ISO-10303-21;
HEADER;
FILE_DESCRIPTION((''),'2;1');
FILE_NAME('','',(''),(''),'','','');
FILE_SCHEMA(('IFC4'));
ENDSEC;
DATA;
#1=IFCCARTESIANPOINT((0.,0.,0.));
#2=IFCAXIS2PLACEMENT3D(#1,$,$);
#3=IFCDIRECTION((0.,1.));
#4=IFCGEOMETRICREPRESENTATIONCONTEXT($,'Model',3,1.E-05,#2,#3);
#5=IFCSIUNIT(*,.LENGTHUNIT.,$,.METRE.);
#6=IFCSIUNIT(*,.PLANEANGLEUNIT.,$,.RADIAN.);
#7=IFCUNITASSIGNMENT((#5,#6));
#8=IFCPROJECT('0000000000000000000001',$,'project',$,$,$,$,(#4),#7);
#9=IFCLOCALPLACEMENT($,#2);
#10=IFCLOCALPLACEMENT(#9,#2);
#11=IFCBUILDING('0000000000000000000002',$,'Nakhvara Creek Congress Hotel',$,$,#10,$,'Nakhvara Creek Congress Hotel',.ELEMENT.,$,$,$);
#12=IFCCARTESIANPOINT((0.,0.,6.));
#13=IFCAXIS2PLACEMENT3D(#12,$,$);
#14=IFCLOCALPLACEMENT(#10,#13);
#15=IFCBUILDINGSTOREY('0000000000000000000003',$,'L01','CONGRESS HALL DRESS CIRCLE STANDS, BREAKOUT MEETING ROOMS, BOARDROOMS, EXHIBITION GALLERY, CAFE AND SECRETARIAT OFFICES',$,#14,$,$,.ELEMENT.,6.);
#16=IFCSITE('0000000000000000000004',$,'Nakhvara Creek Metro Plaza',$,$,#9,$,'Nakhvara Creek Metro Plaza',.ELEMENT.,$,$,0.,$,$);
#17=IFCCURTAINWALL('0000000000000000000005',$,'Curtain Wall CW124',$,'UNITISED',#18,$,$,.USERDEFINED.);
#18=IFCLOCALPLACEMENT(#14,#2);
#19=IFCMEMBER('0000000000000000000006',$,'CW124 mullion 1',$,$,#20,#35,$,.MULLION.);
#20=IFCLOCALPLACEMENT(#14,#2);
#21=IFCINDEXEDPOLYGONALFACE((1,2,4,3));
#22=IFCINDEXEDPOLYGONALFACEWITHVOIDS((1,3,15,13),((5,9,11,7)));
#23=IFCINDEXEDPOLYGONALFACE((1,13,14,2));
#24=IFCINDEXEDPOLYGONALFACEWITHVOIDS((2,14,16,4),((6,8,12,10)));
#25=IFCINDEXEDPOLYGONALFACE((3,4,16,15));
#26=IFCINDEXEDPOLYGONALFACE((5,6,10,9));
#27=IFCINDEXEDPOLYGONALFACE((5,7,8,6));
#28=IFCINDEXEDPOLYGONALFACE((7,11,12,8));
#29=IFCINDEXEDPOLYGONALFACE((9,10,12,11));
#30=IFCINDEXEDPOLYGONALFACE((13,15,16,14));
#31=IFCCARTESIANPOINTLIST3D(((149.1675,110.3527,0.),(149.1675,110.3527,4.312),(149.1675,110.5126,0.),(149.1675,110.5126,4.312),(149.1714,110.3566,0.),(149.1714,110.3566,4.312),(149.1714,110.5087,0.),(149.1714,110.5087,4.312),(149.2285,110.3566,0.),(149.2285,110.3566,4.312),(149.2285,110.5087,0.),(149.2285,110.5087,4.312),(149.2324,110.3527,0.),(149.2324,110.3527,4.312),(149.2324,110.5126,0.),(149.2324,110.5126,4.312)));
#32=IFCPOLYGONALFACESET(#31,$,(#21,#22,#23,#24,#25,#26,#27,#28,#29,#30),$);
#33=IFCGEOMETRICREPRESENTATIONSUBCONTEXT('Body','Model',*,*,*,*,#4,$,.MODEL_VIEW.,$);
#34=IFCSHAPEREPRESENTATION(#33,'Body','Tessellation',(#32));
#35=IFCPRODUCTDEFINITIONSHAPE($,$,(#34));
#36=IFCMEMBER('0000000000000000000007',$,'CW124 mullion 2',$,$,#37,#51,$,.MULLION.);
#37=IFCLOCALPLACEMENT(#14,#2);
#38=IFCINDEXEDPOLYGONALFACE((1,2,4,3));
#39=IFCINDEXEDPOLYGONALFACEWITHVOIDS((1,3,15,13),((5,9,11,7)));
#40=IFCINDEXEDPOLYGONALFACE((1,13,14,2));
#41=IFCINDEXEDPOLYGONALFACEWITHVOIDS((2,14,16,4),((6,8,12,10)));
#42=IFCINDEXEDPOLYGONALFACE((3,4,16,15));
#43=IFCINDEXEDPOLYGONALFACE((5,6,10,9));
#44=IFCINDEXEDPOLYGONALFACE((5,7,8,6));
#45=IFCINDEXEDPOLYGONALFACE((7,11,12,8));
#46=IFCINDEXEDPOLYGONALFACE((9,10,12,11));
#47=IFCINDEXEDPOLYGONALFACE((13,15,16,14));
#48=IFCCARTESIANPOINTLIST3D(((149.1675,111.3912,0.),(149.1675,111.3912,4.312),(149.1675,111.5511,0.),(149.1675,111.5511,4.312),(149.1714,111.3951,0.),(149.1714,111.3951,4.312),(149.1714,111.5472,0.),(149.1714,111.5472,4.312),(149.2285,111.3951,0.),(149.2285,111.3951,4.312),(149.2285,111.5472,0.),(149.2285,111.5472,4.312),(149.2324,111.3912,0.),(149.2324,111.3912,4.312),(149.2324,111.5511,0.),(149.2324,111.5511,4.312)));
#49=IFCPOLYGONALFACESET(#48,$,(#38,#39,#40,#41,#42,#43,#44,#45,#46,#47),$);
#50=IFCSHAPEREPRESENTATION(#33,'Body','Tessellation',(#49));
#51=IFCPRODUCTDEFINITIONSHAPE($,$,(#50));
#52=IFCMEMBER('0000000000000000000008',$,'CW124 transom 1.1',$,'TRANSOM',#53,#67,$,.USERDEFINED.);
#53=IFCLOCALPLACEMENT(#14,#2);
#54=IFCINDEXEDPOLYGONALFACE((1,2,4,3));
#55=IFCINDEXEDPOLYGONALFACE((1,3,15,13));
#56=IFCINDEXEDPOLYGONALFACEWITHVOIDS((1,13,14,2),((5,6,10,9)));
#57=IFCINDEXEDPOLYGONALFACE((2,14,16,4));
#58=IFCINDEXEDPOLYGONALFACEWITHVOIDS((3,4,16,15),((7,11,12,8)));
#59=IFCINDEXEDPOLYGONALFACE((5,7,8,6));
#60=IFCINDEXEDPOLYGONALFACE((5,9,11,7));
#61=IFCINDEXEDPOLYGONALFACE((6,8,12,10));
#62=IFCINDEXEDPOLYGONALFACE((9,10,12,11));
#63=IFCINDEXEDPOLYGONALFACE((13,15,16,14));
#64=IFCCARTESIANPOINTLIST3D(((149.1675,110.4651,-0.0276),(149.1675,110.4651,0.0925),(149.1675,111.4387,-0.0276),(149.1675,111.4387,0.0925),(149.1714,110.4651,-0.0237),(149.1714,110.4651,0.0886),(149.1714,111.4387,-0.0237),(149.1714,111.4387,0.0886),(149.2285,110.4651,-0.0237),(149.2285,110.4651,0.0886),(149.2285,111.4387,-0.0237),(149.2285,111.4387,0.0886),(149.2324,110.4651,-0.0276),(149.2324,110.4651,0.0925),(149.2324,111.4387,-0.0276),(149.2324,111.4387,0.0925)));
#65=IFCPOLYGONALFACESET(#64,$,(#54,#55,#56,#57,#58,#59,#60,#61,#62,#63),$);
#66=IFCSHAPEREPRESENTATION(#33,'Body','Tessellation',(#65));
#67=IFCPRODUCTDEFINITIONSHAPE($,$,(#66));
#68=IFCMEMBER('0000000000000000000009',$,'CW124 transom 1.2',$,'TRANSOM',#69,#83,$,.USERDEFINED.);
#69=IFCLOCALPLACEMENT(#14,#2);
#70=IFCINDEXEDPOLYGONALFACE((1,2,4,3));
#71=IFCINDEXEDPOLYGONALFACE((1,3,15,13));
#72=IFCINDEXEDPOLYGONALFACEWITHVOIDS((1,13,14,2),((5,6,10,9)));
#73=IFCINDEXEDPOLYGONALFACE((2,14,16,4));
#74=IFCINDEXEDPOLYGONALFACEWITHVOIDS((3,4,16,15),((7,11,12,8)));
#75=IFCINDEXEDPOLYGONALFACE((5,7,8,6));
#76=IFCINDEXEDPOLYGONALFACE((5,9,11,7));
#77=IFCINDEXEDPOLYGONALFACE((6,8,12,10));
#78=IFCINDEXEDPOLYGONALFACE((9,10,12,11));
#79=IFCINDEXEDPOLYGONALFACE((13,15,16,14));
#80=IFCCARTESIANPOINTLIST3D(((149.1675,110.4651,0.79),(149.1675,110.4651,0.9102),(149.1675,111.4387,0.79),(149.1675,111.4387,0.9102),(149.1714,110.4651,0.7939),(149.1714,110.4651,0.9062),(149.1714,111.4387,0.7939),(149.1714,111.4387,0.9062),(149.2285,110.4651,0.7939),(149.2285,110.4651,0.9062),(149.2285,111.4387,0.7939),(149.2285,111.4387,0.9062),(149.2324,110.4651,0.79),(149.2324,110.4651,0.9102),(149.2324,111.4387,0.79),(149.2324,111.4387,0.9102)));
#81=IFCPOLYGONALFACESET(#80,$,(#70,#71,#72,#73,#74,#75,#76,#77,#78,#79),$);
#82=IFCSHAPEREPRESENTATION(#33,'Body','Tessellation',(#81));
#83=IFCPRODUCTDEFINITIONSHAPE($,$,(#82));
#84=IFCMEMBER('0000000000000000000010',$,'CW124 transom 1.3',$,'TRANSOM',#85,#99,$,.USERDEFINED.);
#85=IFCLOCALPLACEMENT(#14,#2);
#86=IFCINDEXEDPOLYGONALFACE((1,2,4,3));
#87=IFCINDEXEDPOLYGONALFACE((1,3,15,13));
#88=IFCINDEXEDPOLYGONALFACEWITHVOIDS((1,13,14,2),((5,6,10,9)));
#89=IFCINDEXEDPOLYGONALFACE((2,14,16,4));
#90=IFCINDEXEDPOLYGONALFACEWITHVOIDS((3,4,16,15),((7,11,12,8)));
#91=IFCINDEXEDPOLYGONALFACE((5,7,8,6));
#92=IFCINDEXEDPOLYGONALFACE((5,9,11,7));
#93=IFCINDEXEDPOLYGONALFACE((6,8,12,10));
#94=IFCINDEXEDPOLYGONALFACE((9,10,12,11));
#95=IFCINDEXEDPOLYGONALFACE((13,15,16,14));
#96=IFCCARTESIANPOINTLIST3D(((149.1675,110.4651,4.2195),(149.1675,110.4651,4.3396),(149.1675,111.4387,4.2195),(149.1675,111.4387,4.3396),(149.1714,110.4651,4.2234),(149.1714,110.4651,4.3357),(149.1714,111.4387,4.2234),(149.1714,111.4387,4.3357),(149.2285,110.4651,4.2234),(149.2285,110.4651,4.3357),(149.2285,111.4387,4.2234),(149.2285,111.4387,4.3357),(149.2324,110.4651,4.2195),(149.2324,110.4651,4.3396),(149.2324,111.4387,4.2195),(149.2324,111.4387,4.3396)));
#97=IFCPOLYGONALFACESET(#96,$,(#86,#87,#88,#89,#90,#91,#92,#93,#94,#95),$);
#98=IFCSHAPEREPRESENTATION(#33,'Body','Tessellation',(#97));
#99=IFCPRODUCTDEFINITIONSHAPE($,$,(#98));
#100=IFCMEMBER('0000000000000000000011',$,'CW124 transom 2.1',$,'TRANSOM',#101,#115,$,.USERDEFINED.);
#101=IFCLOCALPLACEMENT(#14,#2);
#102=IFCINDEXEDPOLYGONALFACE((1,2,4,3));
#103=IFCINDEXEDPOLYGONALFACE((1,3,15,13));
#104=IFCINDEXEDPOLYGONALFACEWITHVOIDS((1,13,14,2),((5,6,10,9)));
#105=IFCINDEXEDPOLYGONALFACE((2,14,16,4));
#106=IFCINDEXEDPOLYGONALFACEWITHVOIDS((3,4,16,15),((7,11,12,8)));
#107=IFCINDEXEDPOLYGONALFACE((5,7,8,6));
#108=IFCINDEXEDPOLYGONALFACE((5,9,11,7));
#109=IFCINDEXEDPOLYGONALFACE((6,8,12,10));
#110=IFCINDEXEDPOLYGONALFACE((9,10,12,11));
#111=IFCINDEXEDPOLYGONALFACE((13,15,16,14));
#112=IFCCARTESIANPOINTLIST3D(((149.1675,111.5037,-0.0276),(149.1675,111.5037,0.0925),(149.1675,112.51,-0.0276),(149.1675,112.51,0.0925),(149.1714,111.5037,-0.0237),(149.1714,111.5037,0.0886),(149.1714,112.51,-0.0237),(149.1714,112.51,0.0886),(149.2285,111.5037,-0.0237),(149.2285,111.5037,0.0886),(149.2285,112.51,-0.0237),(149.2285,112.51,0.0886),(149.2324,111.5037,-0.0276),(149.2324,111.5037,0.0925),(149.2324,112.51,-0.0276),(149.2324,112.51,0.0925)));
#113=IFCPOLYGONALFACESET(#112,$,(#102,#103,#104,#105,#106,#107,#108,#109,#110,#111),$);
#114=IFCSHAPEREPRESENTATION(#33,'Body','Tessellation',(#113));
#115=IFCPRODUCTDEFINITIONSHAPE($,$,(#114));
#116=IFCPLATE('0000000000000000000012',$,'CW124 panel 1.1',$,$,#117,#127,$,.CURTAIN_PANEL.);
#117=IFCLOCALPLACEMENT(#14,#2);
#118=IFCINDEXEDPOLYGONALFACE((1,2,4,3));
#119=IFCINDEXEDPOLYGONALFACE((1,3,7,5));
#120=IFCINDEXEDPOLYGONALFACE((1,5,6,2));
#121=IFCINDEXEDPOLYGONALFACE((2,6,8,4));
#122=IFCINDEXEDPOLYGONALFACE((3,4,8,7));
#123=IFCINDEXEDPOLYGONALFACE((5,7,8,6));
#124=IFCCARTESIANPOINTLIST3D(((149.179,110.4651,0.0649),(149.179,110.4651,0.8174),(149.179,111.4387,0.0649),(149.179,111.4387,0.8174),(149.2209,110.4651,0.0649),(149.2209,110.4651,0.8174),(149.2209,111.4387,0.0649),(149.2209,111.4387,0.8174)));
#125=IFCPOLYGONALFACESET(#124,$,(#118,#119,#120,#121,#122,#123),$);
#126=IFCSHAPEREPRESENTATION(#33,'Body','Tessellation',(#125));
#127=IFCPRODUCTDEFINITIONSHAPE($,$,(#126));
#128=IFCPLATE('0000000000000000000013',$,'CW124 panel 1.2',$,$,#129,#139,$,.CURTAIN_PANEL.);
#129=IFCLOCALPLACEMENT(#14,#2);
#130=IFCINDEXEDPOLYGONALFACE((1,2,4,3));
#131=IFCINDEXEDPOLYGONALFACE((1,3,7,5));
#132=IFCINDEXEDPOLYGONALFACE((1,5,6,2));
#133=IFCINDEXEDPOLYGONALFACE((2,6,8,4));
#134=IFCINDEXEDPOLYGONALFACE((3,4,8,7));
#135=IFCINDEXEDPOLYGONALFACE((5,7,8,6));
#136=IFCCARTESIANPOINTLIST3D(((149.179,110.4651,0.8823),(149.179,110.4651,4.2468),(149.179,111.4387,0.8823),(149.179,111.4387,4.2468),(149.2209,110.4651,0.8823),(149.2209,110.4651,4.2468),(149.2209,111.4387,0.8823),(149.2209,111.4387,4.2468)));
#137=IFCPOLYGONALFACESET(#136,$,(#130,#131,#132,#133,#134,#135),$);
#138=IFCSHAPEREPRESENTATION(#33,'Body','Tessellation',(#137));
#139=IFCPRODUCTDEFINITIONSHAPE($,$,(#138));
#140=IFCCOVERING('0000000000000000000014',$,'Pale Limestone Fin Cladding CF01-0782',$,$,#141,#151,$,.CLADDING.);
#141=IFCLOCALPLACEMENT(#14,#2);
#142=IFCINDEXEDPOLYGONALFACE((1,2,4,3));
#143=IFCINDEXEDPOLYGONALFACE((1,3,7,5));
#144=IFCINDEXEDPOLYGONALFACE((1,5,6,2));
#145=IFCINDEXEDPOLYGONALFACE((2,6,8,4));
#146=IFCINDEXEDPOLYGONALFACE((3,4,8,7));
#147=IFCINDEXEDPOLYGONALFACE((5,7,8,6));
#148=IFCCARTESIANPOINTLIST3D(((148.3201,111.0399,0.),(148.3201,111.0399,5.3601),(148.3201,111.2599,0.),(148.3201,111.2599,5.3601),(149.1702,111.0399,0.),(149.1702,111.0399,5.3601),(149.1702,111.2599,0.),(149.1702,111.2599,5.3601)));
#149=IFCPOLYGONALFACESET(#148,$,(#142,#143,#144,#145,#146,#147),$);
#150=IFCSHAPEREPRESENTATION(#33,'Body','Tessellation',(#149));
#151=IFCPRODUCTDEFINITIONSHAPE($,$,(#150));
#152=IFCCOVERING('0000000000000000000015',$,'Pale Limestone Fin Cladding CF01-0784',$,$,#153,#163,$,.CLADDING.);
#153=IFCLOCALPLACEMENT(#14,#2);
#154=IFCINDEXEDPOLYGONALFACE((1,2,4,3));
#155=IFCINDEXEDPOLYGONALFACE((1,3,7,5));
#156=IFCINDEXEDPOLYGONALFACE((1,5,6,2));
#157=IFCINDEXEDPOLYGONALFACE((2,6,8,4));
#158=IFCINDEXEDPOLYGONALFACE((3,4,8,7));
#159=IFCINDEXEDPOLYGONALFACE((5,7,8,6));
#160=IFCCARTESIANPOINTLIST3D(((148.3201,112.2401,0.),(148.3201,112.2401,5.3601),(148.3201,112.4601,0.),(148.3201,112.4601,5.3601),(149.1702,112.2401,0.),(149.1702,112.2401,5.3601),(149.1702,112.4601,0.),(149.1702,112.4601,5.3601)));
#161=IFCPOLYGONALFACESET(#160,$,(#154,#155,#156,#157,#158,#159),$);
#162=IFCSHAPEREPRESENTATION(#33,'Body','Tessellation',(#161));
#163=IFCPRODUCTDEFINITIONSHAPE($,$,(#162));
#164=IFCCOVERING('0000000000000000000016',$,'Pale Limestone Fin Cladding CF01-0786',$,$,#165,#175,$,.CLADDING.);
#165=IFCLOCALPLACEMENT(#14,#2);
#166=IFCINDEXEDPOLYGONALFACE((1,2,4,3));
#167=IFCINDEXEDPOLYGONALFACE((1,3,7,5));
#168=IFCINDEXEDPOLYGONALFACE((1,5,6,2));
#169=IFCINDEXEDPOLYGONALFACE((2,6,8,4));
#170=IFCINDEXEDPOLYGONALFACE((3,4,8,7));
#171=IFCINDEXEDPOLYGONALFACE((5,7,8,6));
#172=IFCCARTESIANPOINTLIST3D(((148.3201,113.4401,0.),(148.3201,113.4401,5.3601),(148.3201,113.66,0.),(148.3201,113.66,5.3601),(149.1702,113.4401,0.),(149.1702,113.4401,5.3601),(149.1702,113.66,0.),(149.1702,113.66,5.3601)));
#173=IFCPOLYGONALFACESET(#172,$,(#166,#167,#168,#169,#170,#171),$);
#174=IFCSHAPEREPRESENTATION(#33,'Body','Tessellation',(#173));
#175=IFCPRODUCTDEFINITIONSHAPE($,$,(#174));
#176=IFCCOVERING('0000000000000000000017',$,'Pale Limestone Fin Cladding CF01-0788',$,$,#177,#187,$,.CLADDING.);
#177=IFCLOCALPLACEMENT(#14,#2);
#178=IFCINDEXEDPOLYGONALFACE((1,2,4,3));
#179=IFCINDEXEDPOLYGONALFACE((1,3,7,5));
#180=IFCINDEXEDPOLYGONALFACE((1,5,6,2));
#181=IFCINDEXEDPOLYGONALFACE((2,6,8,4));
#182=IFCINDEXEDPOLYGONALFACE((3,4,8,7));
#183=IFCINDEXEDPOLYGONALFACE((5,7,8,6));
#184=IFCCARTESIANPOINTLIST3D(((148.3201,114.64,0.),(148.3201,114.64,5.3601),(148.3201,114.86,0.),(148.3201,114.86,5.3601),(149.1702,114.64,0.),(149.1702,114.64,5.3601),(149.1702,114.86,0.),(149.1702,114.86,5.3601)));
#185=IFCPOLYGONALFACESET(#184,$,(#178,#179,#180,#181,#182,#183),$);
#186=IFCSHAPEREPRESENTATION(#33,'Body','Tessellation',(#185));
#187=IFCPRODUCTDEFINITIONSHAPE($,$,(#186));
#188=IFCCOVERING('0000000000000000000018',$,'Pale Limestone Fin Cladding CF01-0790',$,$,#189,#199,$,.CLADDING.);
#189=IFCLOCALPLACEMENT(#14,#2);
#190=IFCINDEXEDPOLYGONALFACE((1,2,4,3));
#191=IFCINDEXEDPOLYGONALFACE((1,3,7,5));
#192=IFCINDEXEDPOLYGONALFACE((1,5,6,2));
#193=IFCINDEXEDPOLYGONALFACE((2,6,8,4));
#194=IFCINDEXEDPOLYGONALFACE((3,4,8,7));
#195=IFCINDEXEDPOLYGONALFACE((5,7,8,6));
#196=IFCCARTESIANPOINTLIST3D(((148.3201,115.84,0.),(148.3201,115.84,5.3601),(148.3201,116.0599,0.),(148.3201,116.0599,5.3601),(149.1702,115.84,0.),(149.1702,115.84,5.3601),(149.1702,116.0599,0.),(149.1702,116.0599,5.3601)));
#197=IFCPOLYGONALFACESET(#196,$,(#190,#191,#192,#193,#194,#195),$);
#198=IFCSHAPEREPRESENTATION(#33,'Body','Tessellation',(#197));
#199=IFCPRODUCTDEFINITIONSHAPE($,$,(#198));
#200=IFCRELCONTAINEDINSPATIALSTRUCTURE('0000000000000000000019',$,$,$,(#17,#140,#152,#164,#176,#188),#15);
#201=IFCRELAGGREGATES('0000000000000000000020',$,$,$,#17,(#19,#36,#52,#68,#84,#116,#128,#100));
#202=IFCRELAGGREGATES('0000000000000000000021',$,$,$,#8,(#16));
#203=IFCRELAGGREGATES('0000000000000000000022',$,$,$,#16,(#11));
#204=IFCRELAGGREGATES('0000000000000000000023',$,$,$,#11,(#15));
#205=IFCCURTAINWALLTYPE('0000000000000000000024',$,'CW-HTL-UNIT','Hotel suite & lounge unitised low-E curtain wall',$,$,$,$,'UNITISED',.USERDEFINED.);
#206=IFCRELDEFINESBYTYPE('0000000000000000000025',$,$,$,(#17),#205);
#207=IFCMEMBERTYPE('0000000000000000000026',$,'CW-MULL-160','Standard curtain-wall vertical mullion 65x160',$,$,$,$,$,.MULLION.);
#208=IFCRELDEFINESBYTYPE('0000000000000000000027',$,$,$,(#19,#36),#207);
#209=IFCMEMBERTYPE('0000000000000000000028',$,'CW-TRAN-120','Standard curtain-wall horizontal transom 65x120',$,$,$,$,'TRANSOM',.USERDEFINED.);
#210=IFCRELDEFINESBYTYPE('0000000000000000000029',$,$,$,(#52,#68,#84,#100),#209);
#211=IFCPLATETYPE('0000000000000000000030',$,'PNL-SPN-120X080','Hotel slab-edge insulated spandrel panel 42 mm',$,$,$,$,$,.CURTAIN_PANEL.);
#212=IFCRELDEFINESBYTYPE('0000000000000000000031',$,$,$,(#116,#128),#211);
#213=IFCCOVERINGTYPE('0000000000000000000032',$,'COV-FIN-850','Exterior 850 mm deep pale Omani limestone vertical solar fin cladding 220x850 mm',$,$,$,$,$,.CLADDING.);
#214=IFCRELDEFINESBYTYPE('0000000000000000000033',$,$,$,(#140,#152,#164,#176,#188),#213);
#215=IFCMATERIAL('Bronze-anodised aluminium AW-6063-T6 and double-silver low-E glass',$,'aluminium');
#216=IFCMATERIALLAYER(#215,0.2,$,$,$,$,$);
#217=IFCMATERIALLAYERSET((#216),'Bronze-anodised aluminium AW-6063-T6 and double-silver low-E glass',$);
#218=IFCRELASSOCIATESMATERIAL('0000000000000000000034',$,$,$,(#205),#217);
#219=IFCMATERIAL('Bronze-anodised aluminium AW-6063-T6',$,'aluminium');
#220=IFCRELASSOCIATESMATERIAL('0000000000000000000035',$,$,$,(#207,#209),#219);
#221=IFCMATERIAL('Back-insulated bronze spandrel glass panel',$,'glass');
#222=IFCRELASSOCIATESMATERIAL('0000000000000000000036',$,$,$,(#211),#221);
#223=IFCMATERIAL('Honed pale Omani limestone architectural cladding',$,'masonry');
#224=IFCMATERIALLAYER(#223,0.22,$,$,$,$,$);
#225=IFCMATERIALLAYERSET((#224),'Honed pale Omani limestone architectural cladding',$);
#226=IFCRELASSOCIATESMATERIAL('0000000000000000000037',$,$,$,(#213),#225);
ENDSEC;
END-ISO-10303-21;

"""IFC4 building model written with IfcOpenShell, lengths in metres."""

from ifc_helpers import new_model, si_unit, direction, frame, origin, origin_2d, place, context, subcontext, project, spatial, rectangle, hollow_rectangle, extrude, material, layer, layer_set, material_profile, profile_set, type_object, element, aggregate, save


model = new_model("IFC4")

# Units and contexts
model_context = context("Model", 3, precision=1e-05, world=origin(), true_north=direction((0.0, 1.0)))
body_context = subcontext(model_context, "Body", "Model", "MODEL_VIEW")
ifc_project = project(units=[si_unit("LENGTHUNIT", "METRE"), si_unit("PLANEANGLEUNIT", "RADIAN")], contexts=[model_context])

# Site, building, storey
site_placement = place(None, origin())
site = spatial("IfcSite", under=ifc_project, at=site_placement, Name="Nakhvara Creek Metro Plaza", LongName="Nakhvara Creek Metro Plaza", CompositionType="ELEMENT", RefElevation=0.0)
building_placement = place(site_placement, origin())
building = spatial("IfcBuilding", under=site, at=building_placement, Name="Nakhvara Creek Congress Hotel", LongName="Nakhvara Creek Congress Hotel", CompositionType="ELEMENT")
storey_placement = place(building_placement, frame((0.0, 0.0, 6.0)))
storey = spatial("IfcBuildingStorey", under=building, at=storey_placement, Name="L01", Description="CONGRESS HALL DRESS CIRCLE STANDS, BREAKOUT MEETING ROOMS, BOARDROOMS, EXHIBITION GALLERY, CAFE AND SECRETARIAT OFFICES", CompositionType="ELEMENT", Elevation=6.0)

# Curtain wall, members, plates
ifc_material_1 = material(Name="Bronze-anodised aluminium AW-6063-T6 and double-silver low-E glass", Category="aluminium")
ifc_layer_1 = layer(ifc_material_1, 0.2)
ifc_layer_set_1 = layer_set([ifc_layer_1], Name="Bronze-anodised aluminium AW-6063-T6 and double-silver low-E glass")
curtain_wall_type = type_object("IfcCurtainWallType", Name="CW-HTL-UNIT", Description="Hotel suite & lounge unitised low-E curtain wall", ElementType="UNITISED", PredefinedType="USERDEFINED", material=ifc_layer_set_1)
curtain_wall_placement = place(storey_placement, origin())
curtain_wall = element("IfcCurtainWall", 1, at=curtain_wall_placement, inside=storey, type_object=curtain_wall_type, Name="Curtain Wall CW124", ObjectType="UNITISED", PredefinedType="USERDEFINED")
ifc_material_2 = material(Name="Bronze-anodised aluminium AW-6063-T6", Category="aluminium")
ifc_material_profile_1 = material_profile(ifc_material_2, hollow_rectangle(XDim=0.0649, YDim=0.1599, WallThickness=0.0039, at=origin_2d()), Name="ALU-MULL 65x160x4", Category="LoadBearing")
ifc_profile_set_1 = profile_set([ifc_material_profile_1], Name="Bronze-anodised aluminium AW-6063-T6")
member_type_1 = type_object("IfcMemberType", Name="CW-MULL-160", Description="Standard curtain-wall vertical mullion 65x160", PredefinedType="MULLION", material=ifc_profile_set_1)
member_1_placement = place(storey_placement, frame((149.2, 110.4326, 0.0), z_axis=(0.0, 0.0, 1.0), x_axis=(-1.0, 0.0, 0.0)))
member_1 = element("IfcMember", 2, at=member_1_placement, type_object=member_type_1, Name="CW124 mullion 1", PredefinedType="MULLION", context=body_context, shape_type="SweptSolid", body=[
    extrude(hollow_rectangle(XDim=0.0649, YDim=0.1599, WallThickness=0.0039, at=origin_2d()), origin(), (0.0, 0.0, 1.0), 4.312),
])
member_2_placement = place(storey_placement, frame((149.2, 111.4712, 0.0), z_axis=(0.0, 0.0, 1.0), x_axis=(-1.0, 0.0, 0.0)))
member_2 = element("IfcMember", 3, at=member_2_placement, type_object=member_type_1, Name="CW124 mullion 2", PredefinedType="MULLION", context=body_context, shape_type="SweptSolid", body=[
    extrude(hollow_rectangle(XDim=0.0649, YDim=0.1599, WallThickness=0.0039, at=origin_2d()), origin(), (0.0, 0.0, 1.0), 4.312),
])
ifc_material_profile_2 = material_profile(ifc_material_2, hollow_rectangle(XDim=0.0649, YDim=0.1201, WallThickness=0.0039, at=origin_2d()), Name="ALU-TRAN 65x120x4", Category="LoadBearing")
ifc_profile_set_2 = profile_set([ifc_material_profile_2], Name="Bronze-anodised aluminium AW-6063-T6")
member_type_2 = type_object("IfcMemberType", Name="CW-TRAN-120", Description="Standard curtain-wall horizontal transom 65x120", ElementType="TRANSOM", PredefinedType="USERDEFINED", material=ifc_profile_set_2)
member_3_placement = place(storey_placement, frame((149.2, 110.4651, 0.0325), z_axis=(0.0, 1.0, 0.0), x_axis=(-1.0, 0.0, 0.0)))
member_3 = element("IfcMember", 4, at=member_3_placement, type_object=member_type_2, Name="CW124 transom 1.1", ObjectType="TRANSOM", PredefinedType="USERDEFINED", context=body_context, shape_type="SweptSolid", body=[
    extrude(hollow_rectangle(XDim=0.0649, YDim=0.1201, WallThickness=0.0039, at=origin_2d()), origin(), (0.0, 0.0, 1.0), 0.9736),
])
member_4_placement = place(storey_placement, frame((149.2, 110.4651, 0.8501), z_axis=(0.0, 1.0, 0.0), x_axis=(-1.0, 0.0, 0.0)))
member_4 = element("IfcMember", 5, at=member_4_placement, type_object=member_type_2, Name="CW124 transom 1.2", ObjectType="TRANSOM", PredefinedType="USERDEFINED", context=body_context, shape_type="SweptSolid", body=[
    extrude(hollow_rectangle(XDim=0.0649, YDim=0.1201, WallThickness=0.0039, at=origin_2d()), origin(), (0.0, 0.0, 1.0), 0.9736),
])
member_5_placement = place(storey_placement, frame((149.2, 110.4651, 4.2795), z_axis=(0.0, 1.0, 0.0), x_axis=(-1.0, 0.0, 0.0)))
member_5 = element("IfcMember", 6, at=member_5_placement, type_object=member_type_2, Name="CW124 transom 1.3", ObjectType="TRANSOM", PredefinedType="USERDEFINED", context=body_context, shape_type="SweptSolid", body=[
    extrude(hollow_rectangle(XDim=0.0649, YDim=0.1201, WallThickness=0.0039, at=origin_2d()), origin(), (0.0, 0.0, 1.0), 0.9736),
])
member_6_placement = place(storey_placement, frame((149.2, 111.5037, 0.0325), z_axis=(0.0, 1.0, 0.0), x_axis=(-1.0, 0.0, 0.0)))
member_6 = element("IfcMember", 7, at=member_6_placement, type_object=member_type_2, Name="CW124 transom 2.1", ObjectType="TRANSOM", PredefinedType="USERDEFINED", context=body_context, shape_type="SweptSolid", body=[
    extrude(hollow_rectangle(XDim=0.0649, YDim=0.1201, WallThickness=0.0039, at=origin_2d()), origin(), (0.0, 0.0, 1.0), 1.0063),
])
ifc_material_3 = material(Name="Back-insulated bronze spandrel glass panel", Category="glass")
plate_type = type_object("IfcPlateType", Name="PNL-SPN-120X080", Description="Hotel slab-edge insulated spandrel panel 42 mm", PredefinedType="CURTAIN_PANEL", material=ifc_material_3)
plate_1_placement = place(storey_placement, frame((149.2, 110.9519, 0.0649), z_axis=(0.0, 0.0, 1.0), x_axis=(0.0, 1.0, 0.0)))
plate_1 = element("IfcPlate", 8, at=plate_1_placement, type_object=plate_type, Name="CW124 panel 1.1", PredefinedType="CURTAIN_PANEL", context=body_context, shape_type="SweptSolid", body=[
    extrude(rectangle(XDim=0.9736, YDim=0.042, at=origin_2d()), origin(), (0.0, 0.0, 1.0), 0.7524),
])
plate_2_placement = place(storey_placement, frame((149.2, 110.9519, 0.8823), z_axis=(0.0, 0.0, 1.0), x_axis=(0.0, 1.0, 0.0)))
plate_2 = element("IfcPlate", 9, at=plate_2_placement, type_object=plate_type, Name="CW124 panel 1.2", PredefinedType="CURTAIN_PANEL", context=body_context, shape_type="SweptSolid", body=[
    extrude(rectangle(XDim=0.9736, YDim=0.042, at=origin_2d()), origin(), (0.0, 0.0, 1.0), 3.3645),
])
aggregate(curtain_wall, [member_1, member_2, member_3, member_4, member_5, plate_1, plate_2, member_6])

# Coverings
ifc_material_4 = material(Name="Honed pale Omani limestone architectural cladding", Category="masonry")
ifc_layer_2 = layer(ifc_material_4, 0.22)
ifc_layer_set_2 = layer_set([ifc_layer_2], Name="Honed pale Omani limestone architectural cladding")
covering_type_1 = type_object("IfcCoveringType", Name="COV-FIN-850", Description="Exterior 850 mm deep pale Omani limestone vertical solar fin cladding 220x850 mm", PredefinedType="CLADDING", material=ifc_layer_set_2)
for number, where, z_axis, x_axis, name in (
    (10, (148.7451, 111.1499, 0.0), (0.0, 0.0, 1.0), (0.0, 1.0, 0.0), "Pale Limestone Fin Cladding CF01-0782"),
    (11, (148.7451, 112.3501, 0.0), (0.0, 0.0, 1.0), (0.0, 1.0, 0.0), "Pale Limestone Fin Cladding CF01-0784"),
    (12, (148.7451, 113.55, 0.0), (0.0, 0.0, 1.0), (0.0, 1.0, 0.0), "Pale Limestone Fin Cladding CF01-0786"),
    (13, (148.7451, 114.75, 0.0), (0.0, 0.0, 1.0), (0.0, 1.0, 0.0), "Pale Limestone Fin Cladding CF01-0788"),
    (14, (148.7451, 115.95, 0.0), (0.0, 0.0, 1.0), (0.0, 1.0, 0.0), "Pale Limestone Fin Cladding CF01-0790"),
):
    element("IfcCovering", number, at=place(storey_placement, frame(where, z_axis=z_axis, x_axis=x_axis)), inside=storey, type_object=covering_type_1, Name=name, PredefinedType="CLADDING", context=body_context, shape_type="SweptSolid", body=[
        extrude(rectangle(XDim=0.22, YDim=0.8501, at=origin_2d()), origin(), (0.0, 0.0, 1.0), 5.3601),
    ])

save(model, "model.ifc")
